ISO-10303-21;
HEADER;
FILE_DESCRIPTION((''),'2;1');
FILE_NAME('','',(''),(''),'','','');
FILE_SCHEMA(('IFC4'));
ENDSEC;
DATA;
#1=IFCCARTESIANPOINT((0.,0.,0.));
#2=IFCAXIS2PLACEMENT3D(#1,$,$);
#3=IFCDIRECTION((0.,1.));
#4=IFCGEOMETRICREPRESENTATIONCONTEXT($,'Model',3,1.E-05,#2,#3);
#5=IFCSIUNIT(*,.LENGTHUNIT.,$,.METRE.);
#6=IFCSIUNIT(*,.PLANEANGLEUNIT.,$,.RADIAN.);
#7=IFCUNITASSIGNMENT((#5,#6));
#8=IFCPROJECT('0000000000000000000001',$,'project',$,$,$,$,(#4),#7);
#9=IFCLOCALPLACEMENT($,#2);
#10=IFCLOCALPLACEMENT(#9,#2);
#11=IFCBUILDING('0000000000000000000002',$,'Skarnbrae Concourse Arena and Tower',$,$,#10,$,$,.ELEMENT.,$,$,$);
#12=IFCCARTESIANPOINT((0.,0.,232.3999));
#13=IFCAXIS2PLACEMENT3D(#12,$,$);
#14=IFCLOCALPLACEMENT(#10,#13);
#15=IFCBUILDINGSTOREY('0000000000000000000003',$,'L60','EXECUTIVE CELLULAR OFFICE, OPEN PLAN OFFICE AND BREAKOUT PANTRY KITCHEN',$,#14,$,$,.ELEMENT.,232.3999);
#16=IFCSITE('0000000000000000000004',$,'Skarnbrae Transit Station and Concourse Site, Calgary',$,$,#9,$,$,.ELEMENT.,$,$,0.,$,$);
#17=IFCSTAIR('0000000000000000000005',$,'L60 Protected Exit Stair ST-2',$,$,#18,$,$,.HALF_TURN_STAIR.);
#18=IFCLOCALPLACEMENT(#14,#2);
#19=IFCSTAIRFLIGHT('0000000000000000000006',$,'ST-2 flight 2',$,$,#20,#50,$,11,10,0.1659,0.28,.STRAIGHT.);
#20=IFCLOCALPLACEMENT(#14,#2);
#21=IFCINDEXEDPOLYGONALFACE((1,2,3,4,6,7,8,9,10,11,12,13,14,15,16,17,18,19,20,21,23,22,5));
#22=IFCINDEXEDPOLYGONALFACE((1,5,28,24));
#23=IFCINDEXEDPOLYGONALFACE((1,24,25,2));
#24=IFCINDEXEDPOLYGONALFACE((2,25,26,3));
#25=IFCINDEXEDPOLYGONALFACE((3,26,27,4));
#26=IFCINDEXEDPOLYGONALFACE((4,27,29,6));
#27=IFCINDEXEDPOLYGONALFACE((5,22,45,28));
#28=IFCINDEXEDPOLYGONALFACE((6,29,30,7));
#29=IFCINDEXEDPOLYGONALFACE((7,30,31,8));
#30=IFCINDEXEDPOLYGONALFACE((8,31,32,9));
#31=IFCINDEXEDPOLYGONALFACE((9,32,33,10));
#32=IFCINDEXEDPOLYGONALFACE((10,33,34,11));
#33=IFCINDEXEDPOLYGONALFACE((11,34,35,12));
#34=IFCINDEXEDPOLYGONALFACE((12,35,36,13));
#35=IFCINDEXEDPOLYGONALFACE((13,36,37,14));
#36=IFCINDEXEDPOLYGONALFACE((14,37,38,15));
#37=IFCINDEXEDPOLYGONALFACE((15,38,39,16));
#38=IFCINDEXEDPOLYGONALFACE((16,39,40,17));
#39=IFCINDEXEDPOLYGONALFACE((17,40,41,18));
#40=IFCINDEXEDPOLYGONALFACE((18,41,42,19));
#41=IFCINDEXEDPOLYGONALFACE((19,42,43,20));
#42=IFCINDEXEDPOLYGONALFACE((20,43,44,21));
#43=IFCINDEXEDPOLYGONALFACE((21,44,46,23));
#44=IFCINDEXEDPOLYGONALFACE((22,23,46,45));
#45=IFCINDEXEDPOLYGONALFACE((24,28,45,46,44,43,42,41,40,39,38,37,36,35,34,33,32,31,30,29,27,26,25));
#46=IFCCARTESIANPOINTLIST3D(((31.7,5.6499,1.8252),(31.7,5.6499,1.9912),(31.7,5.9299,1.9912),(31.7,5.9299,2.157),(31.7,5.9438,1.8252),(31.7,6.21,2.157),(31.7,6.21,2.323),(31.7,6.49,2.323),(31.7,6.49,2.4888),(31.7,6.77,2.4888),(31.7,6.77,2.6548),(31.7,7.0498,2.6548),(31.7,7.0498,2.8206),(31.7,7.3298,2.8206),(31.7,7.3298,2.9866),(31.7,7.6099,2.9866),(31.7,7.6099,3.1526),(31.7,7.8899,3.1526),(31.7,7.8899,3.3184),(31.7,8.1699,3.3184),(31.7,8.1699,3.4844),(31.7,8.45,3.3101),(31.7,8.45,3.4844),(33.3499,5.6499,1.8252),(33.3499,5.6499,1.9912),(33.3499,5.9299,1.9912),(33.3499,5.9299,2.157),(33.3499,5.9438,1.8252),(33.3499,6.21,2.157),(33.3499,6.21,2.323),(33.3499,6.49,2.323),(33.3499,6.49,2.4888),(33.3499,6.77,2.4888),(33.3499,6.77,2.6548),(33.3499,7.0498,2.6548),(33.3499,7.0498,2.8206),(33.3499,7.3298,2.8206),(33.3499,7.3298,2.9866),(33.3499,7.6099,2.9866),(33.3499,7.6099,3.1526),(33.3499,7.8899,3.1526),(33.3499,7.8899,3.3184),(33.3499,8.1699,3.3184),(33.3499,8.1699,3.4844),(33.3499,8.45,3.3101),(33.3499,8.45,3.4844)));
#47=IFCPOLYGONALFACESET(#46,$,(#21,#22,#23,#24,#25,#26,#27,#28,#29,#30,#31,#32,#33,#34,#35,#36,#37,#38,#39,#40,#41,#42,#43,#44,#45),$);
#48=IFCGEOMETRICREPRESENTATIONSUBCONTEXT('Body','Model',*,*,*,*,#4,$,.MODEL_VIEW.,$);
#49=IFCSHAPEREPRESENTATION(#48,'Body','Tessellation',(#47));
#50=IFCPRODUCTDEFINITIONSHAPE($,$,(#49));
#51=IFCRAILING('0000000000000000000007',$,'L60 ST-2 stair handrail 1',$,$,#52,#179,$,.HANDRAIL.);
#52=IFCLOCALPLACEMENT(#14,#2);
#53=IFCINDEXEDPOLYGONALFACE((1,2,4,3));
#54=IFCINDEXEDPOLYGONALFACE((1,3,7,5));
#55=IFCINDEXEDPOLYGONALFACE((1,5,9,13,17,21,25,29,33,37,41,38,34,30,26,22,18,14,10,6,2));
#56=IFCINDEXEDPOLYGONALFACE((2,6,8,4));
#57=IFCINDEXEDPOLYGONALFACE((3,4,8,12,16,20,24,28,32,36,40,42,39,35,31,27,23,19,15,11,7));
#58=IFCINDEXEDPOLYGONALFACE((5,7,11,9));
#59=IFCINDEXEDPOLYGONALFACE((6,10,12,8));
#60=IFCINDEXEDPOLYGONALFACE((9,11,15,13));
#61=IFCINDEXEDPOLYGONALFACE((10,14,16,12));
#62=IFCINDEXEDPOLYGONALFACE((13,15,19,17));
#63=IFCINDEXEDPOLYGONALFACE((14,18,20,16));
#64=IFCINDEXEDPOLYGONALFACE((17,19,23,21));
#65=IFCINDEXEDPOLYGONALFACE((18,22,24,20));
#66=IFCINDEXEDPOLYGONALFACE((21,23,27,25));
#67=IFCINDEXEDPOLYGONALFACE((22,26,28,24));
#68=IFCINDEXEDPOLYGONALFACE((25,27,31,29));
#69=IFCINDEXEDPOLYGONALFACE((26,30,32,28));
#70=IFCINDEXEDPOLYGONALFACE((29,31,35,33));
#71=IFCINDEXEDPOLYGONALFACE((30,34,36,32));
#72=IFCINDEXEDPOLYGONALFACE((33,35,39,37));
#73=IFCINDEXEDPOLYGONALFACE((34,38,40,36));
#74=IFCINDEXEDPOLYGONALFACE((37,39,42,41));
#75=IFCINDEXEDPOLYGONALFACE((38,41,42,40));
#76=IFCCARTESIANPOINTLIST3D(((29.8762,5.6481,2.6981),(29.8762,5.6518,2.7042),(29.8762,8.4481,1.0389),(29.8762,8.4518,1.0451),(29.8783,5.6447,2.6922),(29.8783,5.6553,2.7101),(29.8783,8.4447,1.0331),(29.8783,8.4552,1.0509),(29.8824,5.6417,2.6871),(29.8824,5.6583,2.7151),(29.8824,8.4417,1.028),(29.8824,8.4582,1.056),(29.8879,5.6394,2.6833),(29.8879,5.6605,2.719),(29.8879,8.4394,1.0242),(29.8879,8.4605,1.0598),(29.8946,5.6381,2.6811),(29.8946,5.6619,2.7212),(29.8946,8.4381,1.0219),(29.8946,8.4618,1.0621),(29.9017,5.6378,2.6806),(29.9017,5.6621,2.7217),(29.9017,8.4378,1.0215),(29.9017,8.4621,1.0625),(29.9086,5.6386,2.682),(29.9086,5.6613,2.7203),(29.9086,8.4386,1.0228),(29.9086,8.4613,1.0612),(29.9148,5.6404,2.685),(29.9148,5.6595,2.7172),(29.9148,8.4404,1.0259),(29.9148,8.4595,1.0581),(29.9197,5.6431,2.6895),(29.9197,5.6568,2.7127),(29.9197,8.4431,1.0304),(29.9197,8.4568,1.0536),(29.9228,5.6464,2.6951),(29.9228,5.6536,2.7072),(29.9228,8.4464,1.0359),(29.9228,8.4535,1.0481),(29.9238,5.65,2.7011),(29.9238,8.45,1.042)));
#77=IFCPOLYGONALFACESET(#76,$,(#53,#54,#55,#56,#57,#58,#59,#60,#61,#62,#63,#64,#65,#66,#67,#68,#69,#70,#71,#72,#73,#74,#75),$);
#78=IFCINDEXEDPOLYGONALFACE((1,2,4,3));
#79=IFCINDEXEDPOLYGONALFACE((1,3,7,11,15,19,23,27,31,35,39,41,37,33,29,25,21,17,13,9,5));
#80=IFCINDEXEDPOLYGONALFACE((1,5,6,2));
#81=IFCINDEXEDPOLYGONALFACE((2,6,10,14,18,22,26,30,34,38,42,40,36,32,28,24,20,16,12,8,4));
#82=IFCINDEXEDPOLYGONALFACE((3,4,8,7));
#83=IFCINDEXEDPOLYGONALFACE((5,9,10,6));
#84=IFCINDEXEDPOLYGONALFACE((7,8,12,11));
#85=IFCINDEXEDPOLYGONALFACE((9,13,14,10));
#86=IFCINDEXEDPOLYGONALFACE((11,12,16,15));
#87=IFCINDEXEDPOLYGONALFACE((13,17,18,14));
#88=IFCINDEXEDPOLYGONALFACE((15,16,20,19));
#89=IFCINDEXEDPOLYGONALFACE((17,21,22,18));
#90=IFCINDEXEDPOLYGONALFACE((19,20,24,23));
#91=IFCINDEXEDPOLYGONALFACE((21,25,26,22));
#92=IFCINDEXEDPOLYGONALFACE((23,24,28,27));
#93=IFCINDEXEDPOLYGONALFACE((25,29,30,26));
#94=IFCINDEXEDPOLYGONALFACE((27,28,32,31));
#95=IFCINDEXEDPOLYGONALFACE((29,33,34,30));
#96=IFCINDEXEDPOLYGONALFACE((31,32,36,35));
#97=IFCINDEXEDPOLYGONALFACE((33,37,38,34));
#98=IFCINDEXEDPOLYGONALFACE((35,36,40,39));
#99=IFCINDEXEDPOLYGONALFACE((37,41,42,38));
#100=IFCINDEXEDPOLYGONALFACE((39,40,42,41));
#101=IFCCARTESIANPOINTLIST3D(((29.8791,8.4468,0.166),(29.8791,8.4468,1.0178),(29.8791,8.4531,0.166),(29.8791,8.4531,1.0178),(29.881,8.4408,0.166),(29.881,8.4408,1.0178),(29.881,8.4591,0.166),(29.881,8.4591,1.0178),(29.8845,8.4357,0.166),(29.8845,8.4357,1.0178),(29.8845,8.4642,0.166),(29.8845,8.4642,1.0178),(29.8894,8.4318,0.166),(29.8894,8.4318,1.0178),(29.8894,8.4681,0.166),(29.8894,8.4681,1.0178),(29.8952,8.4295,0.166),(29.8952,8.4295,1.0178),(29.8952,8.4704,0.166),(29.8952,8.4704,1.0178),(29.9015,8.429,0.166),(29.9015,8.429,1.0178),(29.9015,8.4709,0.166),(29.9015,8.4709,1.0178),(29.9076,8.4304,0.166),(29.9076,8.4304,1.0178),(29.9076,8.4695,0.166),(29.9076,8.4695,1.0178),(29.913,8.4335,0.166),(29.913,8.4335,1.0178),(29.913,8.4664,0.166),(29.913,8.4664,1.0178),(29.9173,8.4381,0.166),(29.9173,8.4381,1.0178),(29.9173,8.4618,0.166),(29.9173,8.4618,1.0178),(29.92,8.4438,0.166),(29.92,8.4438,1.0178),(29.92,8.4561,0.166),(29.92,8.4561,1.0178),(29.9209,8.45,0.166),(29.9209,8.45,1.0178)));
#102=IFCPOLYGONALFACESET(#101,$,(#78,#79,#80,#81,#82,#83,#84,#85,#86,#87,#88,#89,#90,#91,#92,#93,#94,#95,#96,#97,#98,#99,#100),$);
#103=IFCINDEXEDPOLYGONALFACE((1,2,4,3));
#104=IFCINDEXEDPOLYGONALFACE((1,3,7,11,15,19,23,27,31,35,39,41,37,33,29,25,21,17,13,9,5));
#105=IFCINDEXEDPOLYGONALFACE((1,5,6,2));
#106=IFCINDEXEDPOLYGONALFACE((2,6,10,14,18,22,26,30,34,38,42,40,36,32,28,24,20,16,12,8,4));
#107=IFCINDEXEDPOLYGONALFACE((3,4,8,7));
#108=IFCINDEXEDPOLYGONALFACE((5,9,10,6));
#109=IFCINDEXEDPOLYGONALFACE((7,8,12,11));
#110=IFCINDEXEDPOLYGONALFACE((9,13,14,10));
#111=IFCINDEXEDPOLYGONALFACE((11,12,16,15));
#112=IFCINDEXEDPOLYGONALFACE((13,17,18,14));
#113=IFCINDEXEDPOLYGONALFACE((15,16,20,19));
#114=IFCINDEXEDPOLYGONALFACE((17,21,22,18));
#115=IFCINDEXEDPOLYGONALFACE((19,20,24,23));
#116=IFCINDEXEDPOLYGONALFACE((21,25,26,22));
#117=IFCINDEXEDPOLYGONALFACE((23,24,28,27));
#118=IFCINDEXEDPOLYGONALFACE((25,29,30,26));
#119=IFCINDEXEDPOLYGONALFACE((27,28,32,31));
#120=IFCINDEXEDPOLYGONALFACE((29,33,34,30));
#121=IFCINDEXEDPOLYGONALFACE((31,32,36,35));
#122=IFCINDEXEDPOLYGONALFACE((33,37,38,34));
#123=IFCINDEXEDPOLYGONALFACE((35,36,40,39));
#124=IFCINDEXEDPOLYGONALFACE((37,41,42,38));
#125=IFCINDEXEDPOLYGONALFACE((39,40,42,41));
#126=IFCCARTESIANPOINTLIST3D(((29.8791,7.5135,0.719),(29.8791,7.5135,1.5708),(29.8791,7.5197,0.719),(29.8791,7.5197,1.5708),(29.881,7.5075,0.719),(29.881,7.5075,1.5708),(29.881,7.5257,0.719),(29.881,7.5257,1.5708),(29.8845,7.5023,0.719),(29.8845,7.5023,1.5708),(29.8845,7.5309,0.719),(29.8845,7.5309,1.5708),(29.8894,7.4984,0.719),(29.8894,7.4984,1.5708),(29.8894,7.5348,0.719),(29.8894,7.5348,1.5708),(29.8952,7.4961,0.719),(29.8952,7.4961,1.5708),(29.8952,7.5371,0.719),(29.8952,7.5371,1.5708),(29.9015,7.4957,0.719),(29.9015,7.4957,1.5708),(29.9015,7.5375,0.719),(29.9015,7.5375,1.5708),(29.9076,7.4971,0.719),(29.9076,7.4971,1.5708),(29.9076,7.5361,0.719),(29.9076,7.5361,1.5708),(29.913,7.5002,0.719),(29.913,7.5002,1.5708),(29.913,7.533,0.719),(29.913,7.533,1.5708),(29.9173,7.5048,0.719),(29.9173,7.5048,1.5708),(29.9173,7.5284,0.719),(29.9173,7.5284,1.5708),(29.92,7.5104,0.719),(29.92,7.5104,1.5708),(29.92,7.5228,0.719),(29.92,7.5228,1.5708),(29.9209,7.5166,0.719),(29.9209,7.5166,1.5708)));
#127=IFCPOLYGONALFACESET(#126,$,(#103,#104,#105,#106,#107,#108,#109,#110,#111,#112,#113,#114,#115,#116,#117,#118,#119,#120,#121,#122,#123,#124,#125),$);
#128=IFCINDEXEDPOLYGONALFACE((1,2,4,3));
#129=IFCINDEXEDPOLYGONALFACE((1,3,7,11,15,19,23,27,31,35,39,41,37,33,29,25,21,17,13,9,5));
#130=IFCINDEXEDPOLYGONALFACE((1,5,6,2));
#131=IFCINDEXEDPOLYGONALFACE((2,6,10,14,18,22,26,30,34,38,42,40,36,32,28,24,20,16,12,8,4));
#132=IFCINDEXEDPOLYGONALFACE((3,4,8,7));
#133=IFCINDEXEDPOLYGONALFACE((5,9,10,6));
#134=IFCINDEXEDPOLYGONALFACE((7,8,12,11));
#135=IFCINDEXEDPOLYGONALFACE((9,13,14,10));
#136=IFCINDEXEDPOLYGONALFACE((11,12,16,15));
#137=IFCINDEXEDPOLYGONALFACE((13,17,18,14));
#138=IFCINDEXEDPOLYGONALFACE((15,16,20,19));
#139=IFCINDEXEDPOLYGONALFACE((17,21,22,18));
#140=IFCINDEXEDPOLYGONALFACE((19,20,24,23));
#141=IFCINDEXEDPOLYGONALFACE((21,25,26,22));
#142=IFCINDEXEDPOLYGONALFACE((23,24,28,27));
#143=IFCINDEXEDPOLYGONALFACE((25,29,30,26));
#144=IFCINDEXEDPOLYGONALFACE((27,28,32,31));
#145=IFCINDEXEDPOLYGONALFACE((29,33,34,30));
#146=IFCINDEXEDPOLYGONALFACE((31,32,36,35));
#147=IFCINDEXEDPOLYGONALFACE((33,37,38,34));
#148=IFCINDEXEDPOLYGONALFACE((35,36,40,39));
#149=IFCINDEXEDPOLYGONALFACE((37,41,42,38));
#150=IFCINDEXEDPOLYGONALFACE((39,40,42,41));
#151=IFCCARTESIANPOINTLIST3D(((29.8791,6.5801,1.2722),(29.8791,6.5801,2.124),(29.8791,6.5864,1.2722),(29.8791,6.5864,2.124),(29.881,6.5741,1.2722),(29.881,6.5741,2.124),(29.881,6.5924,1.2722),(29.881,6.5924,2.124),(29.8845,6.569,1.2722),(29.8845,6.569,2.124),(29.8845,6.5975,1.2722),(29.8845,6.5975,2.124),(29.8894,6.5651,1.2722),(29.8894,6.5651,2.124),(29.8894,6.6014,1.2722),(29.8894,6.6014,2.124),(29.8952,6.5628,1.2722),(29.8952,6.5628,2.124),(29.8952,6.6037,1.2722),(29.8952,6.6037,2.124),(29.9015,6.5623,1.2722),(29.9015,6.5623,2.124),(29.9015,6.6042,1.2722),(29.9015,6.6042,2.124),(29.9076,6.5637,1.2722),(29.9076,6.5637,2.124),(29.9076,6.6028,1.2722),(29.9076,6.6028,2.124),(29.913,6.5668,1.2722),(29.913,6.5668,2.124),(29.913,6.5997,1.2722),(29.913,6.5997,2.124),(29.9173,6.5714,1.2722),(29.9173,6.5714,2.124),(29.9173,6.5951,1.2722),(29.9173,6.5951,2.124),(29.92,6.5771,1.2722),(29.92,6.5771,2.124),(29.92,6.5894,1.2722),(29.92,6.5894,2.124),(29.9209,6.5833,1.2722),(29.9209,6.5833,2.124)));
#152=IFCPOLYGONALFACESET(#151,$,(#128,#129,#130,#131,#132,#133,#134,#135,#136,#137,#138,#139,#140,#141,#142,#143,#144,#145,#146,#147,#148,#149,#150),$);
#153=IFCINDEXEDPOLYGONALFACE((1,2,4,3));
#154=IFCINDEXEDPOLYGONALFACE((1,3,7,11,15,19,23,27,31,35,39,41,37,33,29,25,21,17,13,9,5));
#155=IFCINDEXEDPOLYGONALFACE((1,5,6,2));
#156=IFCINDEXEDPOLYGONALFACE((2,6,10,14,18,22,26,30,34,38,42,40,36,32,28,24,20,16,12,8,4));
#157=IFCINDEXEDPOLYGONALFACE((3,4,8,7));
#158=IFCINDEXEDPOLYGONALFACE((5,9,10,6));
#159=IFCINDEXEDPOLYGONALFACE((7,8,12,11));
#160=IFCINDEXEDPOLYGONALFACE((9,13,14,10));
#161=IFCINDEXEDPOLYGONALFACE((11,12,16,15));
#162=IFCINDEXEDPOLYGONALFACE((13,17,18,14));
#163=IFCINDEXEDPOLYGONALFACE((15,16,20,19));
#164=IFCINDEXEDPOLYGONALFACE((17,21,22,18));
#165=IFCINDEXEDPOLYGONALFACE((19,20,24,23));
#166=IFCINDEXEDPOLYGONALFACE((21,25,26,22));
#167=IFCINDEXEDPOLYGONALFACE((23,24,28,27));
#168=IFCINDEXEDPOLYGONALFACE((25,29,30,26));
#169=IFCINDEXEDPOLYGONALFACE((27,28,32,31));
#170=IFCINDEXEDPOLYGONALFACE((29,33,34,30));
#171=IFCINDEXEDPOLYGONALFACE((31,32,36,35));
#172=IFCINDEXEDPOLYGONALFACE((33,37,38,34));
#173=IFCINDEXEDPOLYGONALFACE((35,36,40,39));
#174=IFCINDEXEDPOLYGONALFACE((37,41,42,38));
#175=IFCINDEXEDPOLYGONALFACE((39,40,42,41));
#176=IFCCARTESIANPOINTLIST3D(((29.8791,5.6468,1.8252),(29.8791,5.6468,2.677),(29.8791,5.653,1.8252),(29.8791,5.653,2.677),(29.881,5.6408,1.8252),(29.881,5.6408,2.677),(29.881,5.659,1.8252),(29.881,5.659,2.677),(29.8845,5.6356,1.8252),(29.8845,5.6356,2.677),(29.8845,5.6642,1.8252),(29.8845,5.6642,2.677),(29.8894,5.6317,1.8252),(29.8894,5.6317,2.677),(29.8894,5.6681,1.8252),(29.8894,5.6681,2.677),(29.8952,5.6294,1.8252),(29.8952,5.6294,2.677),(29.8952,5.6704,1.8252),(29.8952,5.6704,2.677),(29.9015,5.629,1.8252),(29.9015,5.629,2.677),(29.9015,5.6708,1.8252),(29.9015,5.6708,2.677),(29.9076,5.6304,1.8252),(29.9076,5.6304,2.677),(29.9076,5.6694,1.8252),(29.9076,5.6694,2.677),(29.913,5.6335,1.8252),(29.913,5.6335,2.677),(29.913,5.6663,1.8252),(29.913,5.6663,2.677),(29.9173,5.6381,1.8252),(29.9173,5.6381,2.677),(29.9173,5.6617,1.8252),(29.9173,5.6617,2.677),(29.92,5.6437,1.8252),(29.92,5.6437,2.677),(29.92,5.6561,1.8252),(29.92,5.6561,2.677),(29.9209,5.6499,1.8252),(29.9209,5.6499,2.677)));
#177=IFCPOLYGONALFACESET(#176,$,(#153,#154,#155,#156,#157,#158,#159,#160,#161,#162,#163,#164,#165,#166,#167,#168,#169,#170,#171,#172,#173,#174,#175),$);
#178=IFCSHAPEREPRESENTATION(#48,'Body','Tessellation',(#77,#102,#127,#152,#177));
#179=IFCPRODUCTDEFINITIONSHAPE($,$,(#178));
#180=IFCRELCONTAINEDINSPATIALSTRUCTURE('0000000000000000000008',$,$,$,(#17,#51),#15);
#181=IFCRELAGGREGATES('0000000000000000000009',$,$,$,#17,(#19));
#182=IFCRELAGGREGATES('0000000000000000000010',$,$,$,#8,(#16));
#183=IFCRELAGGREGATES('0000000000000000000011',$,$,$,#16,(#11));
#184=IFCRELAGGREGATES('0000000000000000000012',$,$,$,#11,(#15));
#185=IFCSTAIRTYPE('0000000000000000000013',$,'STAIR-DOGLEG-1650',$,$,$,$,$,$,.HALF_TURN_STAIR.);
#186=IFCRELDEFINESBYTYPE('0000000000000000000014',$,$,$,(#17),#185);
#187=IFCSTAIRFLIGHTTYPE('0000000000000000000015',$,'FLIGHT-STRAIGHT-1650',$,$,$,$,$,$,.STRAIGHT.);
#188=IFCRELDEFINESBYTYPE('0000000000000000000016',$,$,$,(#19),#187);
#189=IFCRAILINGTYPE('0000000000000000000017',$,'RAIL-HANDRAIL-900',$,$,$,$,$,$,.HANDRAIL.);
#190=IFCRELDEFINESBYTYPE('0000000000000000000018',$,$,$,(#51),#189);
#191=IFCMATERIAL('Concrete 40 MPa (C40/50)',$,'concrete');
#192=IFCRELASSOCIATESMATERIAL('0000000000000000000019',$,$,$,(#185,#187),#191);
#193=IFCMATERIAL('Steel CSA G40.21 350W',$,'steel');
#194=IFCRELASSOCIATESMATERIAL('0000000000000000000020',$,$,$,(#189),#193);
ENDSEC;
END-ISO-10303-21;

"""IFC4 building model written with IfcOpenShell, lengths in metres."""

from ifc_helpers import new_model, si_unit, direction, frame, origin, origin_2d, place, context, subcontext, project, spatial, polyline, circle, outline, extrude, source, transform, mapped, material, type_object, element, aggregate, save


model = new_model("IFC4")

# Units and contexts
model_context = context("Model", 3, precision=1e-05, world=origin(), true_north=direction((0.0, 1.0)))
body_context = subcontext(model_context, "Body", "Model", "MODEL_VIEW")
ifc_project = project(units=[si_unit("LENGTHUNIT", "METRE"), si_unit("PLANEANGLEUNIT", "RADIAN")], contexts=[model_context])

# Site, building, storey
site_placement = place(None, origin())
site = spatial("IfcSite", under=ifc_project, at=site_placement, Name="Skarnbrae Transit Station and Concourse Site, Calgary", CompositionType="ELEMENT", RefElevation=0.0)
building_placement = place(site_placement, origin())
building = spatial("IfcBuilding", under=site, at=building_placement, Name="Skarnbrae Concourse Arena and Tower", CompositionType="ELEMENT")
storey_placement = place(building_placement, frame((0.0, 0.0, 232.3999)))
storey = spatial("IfcBuildingStorey", under=building, at=storey_placement, Name="L60", Description="EXECUTIVE CELLULAR OFFICE, OPEN PLAN OFFICE AND BREAKOUT PANTRY KITCHEN", CompositionType="ELEMENT", Elevation=232.3999)

# Shared definitions
ifc_material_1 = material(Name="Steel CSA G40.21 350W", Category="steel")

# Stair, stair flight
ifc_material_2 = material(Name="Concrete 40 MPa (C40/50)", Category="concrete")
stair_type = type_object("IfcStairType", Name="STAIR-DOGLEG-1650", PredefinedType="HALF_TURN_STAIR", material=ifc_material_2)
stair_placement = place(storey_placement, origin())
stair = element("IfcStair", 1, at=stair_placement, inside=storey, type_object=stair_type, Name="L60 Protected Exit Stair ST-2", PredefinedType="HALF_TURN_STAIR")
stair_flight_type = type_object("IfcStairFlightType", Name="FLIGHT-STRAIGHT-1650", PredefinedType="STRAIGHT", material=ifc_material_2)
shared_shape_1 = source(origin(), body_context, "Body", "SweptSolid", [
    extrude(outline(polyline([(0.0, 0.0), (0.0, 0.166), (0.28, 0.166), (0.28, 0.3318), (0.5601, 0.3318), (0.5601, 0.4978), (0.8401, 0.4978), (0.8401, 0.6636), (1.1201, 0.6636), (1.1201, 0.8296), (1.3999, 0.8296), (1.3999, 0.9954), (1.6799, 0.9954), (1.6799, 1.1614), (1.96, 1.1614), (1.96, 1.3274), (2.24, 1.3274), (2.24, 1.4932), (2.52, 1.4932), (2.52, 1.6592), (2.8, 1.6592), (2.8, 1.825), (2.8, 1.4849), (0.2939, 0.0), (0.0, 0.0)])), frame((0.0, 0.825, 0.0), z_axis=(0.0, -1.0, 0.0), x_axis=(1.0, 0.0, 0.0)), (0.0, 0.0, 1.0), 1.6499),
])
stair_flight_1_placement = place(storey_placement, frame((32.5249, 5.6499, 1.8252), z_axis=(0.0, 0.0, 1.0), x_axis=(0.0, 1.0, 0.0)))
stair_flight_1 = element("IfcStairFlight", 2, at=stair_flight_1_placement, type_object=stair_flight_type, Name="ST-2 flight 2", NumberOfRisers=11, NumberOfTreads=10, PredefinedType="STRAIGHT", RiserHeight=0.1659, TreadLength=0.28, context=body_context, shape_type="MappedRepresentation", body=[
    mapped(shared_shape_1, transform((0.0, 0.0, 0.0))),
])
aggregate(stair, [stair_flight_1])

# Railing
railing_type_1 = type_object("IfcRailingType", Name="RAIL-HANDRAIL-900", PredefinedType="HANDRAIL", material=ifc_material_1)
railing_1_placement = place(storey_placement, frame((29.8999, 8.45, 0.166)))
element("IfcRailing", 3, at=railing_1_placement, inside=storey, type_object=railing_type_1, Name="L60 ST-2 stair handrail 1", PredefinedType="HANDRAIL", context=body_context, shape_type="SweptSolid", body=[
    extrude(circle(Radius=0.0239, at=origin_2d()), frame((0.0, 0.0, 0.876), z_axis=(0.0, -0.860306, 0.509778), x_axis=(1.0, 0.0, 0.0)), (0.0, 0.0, 1.0), 3.2546),
    extrude(circle(Radius=0.021, at=origin_2d()), origin(), (0.0, 0.0, 1.0), 0.8518),
    extrude(circle(Radius=0.021, at=origin_2d()), frame((0.0, -0.9333, 0.553)), (0.0, 0.0, 1.0), 0.8518),
    extrude(circle(Radius=0.021, at=origin_2d()), frame((0.0, -1.8667, 1.1062)), (0.0, 0.0, 1.0), 0.8518),
    extrude(circle(Radius=0.021, at=origin_2d()), frame((0.0, -2.8, 1.6592)), (0.0, 0.0, 1.0), 0.8518),
])

save(model, "model.ifc")
